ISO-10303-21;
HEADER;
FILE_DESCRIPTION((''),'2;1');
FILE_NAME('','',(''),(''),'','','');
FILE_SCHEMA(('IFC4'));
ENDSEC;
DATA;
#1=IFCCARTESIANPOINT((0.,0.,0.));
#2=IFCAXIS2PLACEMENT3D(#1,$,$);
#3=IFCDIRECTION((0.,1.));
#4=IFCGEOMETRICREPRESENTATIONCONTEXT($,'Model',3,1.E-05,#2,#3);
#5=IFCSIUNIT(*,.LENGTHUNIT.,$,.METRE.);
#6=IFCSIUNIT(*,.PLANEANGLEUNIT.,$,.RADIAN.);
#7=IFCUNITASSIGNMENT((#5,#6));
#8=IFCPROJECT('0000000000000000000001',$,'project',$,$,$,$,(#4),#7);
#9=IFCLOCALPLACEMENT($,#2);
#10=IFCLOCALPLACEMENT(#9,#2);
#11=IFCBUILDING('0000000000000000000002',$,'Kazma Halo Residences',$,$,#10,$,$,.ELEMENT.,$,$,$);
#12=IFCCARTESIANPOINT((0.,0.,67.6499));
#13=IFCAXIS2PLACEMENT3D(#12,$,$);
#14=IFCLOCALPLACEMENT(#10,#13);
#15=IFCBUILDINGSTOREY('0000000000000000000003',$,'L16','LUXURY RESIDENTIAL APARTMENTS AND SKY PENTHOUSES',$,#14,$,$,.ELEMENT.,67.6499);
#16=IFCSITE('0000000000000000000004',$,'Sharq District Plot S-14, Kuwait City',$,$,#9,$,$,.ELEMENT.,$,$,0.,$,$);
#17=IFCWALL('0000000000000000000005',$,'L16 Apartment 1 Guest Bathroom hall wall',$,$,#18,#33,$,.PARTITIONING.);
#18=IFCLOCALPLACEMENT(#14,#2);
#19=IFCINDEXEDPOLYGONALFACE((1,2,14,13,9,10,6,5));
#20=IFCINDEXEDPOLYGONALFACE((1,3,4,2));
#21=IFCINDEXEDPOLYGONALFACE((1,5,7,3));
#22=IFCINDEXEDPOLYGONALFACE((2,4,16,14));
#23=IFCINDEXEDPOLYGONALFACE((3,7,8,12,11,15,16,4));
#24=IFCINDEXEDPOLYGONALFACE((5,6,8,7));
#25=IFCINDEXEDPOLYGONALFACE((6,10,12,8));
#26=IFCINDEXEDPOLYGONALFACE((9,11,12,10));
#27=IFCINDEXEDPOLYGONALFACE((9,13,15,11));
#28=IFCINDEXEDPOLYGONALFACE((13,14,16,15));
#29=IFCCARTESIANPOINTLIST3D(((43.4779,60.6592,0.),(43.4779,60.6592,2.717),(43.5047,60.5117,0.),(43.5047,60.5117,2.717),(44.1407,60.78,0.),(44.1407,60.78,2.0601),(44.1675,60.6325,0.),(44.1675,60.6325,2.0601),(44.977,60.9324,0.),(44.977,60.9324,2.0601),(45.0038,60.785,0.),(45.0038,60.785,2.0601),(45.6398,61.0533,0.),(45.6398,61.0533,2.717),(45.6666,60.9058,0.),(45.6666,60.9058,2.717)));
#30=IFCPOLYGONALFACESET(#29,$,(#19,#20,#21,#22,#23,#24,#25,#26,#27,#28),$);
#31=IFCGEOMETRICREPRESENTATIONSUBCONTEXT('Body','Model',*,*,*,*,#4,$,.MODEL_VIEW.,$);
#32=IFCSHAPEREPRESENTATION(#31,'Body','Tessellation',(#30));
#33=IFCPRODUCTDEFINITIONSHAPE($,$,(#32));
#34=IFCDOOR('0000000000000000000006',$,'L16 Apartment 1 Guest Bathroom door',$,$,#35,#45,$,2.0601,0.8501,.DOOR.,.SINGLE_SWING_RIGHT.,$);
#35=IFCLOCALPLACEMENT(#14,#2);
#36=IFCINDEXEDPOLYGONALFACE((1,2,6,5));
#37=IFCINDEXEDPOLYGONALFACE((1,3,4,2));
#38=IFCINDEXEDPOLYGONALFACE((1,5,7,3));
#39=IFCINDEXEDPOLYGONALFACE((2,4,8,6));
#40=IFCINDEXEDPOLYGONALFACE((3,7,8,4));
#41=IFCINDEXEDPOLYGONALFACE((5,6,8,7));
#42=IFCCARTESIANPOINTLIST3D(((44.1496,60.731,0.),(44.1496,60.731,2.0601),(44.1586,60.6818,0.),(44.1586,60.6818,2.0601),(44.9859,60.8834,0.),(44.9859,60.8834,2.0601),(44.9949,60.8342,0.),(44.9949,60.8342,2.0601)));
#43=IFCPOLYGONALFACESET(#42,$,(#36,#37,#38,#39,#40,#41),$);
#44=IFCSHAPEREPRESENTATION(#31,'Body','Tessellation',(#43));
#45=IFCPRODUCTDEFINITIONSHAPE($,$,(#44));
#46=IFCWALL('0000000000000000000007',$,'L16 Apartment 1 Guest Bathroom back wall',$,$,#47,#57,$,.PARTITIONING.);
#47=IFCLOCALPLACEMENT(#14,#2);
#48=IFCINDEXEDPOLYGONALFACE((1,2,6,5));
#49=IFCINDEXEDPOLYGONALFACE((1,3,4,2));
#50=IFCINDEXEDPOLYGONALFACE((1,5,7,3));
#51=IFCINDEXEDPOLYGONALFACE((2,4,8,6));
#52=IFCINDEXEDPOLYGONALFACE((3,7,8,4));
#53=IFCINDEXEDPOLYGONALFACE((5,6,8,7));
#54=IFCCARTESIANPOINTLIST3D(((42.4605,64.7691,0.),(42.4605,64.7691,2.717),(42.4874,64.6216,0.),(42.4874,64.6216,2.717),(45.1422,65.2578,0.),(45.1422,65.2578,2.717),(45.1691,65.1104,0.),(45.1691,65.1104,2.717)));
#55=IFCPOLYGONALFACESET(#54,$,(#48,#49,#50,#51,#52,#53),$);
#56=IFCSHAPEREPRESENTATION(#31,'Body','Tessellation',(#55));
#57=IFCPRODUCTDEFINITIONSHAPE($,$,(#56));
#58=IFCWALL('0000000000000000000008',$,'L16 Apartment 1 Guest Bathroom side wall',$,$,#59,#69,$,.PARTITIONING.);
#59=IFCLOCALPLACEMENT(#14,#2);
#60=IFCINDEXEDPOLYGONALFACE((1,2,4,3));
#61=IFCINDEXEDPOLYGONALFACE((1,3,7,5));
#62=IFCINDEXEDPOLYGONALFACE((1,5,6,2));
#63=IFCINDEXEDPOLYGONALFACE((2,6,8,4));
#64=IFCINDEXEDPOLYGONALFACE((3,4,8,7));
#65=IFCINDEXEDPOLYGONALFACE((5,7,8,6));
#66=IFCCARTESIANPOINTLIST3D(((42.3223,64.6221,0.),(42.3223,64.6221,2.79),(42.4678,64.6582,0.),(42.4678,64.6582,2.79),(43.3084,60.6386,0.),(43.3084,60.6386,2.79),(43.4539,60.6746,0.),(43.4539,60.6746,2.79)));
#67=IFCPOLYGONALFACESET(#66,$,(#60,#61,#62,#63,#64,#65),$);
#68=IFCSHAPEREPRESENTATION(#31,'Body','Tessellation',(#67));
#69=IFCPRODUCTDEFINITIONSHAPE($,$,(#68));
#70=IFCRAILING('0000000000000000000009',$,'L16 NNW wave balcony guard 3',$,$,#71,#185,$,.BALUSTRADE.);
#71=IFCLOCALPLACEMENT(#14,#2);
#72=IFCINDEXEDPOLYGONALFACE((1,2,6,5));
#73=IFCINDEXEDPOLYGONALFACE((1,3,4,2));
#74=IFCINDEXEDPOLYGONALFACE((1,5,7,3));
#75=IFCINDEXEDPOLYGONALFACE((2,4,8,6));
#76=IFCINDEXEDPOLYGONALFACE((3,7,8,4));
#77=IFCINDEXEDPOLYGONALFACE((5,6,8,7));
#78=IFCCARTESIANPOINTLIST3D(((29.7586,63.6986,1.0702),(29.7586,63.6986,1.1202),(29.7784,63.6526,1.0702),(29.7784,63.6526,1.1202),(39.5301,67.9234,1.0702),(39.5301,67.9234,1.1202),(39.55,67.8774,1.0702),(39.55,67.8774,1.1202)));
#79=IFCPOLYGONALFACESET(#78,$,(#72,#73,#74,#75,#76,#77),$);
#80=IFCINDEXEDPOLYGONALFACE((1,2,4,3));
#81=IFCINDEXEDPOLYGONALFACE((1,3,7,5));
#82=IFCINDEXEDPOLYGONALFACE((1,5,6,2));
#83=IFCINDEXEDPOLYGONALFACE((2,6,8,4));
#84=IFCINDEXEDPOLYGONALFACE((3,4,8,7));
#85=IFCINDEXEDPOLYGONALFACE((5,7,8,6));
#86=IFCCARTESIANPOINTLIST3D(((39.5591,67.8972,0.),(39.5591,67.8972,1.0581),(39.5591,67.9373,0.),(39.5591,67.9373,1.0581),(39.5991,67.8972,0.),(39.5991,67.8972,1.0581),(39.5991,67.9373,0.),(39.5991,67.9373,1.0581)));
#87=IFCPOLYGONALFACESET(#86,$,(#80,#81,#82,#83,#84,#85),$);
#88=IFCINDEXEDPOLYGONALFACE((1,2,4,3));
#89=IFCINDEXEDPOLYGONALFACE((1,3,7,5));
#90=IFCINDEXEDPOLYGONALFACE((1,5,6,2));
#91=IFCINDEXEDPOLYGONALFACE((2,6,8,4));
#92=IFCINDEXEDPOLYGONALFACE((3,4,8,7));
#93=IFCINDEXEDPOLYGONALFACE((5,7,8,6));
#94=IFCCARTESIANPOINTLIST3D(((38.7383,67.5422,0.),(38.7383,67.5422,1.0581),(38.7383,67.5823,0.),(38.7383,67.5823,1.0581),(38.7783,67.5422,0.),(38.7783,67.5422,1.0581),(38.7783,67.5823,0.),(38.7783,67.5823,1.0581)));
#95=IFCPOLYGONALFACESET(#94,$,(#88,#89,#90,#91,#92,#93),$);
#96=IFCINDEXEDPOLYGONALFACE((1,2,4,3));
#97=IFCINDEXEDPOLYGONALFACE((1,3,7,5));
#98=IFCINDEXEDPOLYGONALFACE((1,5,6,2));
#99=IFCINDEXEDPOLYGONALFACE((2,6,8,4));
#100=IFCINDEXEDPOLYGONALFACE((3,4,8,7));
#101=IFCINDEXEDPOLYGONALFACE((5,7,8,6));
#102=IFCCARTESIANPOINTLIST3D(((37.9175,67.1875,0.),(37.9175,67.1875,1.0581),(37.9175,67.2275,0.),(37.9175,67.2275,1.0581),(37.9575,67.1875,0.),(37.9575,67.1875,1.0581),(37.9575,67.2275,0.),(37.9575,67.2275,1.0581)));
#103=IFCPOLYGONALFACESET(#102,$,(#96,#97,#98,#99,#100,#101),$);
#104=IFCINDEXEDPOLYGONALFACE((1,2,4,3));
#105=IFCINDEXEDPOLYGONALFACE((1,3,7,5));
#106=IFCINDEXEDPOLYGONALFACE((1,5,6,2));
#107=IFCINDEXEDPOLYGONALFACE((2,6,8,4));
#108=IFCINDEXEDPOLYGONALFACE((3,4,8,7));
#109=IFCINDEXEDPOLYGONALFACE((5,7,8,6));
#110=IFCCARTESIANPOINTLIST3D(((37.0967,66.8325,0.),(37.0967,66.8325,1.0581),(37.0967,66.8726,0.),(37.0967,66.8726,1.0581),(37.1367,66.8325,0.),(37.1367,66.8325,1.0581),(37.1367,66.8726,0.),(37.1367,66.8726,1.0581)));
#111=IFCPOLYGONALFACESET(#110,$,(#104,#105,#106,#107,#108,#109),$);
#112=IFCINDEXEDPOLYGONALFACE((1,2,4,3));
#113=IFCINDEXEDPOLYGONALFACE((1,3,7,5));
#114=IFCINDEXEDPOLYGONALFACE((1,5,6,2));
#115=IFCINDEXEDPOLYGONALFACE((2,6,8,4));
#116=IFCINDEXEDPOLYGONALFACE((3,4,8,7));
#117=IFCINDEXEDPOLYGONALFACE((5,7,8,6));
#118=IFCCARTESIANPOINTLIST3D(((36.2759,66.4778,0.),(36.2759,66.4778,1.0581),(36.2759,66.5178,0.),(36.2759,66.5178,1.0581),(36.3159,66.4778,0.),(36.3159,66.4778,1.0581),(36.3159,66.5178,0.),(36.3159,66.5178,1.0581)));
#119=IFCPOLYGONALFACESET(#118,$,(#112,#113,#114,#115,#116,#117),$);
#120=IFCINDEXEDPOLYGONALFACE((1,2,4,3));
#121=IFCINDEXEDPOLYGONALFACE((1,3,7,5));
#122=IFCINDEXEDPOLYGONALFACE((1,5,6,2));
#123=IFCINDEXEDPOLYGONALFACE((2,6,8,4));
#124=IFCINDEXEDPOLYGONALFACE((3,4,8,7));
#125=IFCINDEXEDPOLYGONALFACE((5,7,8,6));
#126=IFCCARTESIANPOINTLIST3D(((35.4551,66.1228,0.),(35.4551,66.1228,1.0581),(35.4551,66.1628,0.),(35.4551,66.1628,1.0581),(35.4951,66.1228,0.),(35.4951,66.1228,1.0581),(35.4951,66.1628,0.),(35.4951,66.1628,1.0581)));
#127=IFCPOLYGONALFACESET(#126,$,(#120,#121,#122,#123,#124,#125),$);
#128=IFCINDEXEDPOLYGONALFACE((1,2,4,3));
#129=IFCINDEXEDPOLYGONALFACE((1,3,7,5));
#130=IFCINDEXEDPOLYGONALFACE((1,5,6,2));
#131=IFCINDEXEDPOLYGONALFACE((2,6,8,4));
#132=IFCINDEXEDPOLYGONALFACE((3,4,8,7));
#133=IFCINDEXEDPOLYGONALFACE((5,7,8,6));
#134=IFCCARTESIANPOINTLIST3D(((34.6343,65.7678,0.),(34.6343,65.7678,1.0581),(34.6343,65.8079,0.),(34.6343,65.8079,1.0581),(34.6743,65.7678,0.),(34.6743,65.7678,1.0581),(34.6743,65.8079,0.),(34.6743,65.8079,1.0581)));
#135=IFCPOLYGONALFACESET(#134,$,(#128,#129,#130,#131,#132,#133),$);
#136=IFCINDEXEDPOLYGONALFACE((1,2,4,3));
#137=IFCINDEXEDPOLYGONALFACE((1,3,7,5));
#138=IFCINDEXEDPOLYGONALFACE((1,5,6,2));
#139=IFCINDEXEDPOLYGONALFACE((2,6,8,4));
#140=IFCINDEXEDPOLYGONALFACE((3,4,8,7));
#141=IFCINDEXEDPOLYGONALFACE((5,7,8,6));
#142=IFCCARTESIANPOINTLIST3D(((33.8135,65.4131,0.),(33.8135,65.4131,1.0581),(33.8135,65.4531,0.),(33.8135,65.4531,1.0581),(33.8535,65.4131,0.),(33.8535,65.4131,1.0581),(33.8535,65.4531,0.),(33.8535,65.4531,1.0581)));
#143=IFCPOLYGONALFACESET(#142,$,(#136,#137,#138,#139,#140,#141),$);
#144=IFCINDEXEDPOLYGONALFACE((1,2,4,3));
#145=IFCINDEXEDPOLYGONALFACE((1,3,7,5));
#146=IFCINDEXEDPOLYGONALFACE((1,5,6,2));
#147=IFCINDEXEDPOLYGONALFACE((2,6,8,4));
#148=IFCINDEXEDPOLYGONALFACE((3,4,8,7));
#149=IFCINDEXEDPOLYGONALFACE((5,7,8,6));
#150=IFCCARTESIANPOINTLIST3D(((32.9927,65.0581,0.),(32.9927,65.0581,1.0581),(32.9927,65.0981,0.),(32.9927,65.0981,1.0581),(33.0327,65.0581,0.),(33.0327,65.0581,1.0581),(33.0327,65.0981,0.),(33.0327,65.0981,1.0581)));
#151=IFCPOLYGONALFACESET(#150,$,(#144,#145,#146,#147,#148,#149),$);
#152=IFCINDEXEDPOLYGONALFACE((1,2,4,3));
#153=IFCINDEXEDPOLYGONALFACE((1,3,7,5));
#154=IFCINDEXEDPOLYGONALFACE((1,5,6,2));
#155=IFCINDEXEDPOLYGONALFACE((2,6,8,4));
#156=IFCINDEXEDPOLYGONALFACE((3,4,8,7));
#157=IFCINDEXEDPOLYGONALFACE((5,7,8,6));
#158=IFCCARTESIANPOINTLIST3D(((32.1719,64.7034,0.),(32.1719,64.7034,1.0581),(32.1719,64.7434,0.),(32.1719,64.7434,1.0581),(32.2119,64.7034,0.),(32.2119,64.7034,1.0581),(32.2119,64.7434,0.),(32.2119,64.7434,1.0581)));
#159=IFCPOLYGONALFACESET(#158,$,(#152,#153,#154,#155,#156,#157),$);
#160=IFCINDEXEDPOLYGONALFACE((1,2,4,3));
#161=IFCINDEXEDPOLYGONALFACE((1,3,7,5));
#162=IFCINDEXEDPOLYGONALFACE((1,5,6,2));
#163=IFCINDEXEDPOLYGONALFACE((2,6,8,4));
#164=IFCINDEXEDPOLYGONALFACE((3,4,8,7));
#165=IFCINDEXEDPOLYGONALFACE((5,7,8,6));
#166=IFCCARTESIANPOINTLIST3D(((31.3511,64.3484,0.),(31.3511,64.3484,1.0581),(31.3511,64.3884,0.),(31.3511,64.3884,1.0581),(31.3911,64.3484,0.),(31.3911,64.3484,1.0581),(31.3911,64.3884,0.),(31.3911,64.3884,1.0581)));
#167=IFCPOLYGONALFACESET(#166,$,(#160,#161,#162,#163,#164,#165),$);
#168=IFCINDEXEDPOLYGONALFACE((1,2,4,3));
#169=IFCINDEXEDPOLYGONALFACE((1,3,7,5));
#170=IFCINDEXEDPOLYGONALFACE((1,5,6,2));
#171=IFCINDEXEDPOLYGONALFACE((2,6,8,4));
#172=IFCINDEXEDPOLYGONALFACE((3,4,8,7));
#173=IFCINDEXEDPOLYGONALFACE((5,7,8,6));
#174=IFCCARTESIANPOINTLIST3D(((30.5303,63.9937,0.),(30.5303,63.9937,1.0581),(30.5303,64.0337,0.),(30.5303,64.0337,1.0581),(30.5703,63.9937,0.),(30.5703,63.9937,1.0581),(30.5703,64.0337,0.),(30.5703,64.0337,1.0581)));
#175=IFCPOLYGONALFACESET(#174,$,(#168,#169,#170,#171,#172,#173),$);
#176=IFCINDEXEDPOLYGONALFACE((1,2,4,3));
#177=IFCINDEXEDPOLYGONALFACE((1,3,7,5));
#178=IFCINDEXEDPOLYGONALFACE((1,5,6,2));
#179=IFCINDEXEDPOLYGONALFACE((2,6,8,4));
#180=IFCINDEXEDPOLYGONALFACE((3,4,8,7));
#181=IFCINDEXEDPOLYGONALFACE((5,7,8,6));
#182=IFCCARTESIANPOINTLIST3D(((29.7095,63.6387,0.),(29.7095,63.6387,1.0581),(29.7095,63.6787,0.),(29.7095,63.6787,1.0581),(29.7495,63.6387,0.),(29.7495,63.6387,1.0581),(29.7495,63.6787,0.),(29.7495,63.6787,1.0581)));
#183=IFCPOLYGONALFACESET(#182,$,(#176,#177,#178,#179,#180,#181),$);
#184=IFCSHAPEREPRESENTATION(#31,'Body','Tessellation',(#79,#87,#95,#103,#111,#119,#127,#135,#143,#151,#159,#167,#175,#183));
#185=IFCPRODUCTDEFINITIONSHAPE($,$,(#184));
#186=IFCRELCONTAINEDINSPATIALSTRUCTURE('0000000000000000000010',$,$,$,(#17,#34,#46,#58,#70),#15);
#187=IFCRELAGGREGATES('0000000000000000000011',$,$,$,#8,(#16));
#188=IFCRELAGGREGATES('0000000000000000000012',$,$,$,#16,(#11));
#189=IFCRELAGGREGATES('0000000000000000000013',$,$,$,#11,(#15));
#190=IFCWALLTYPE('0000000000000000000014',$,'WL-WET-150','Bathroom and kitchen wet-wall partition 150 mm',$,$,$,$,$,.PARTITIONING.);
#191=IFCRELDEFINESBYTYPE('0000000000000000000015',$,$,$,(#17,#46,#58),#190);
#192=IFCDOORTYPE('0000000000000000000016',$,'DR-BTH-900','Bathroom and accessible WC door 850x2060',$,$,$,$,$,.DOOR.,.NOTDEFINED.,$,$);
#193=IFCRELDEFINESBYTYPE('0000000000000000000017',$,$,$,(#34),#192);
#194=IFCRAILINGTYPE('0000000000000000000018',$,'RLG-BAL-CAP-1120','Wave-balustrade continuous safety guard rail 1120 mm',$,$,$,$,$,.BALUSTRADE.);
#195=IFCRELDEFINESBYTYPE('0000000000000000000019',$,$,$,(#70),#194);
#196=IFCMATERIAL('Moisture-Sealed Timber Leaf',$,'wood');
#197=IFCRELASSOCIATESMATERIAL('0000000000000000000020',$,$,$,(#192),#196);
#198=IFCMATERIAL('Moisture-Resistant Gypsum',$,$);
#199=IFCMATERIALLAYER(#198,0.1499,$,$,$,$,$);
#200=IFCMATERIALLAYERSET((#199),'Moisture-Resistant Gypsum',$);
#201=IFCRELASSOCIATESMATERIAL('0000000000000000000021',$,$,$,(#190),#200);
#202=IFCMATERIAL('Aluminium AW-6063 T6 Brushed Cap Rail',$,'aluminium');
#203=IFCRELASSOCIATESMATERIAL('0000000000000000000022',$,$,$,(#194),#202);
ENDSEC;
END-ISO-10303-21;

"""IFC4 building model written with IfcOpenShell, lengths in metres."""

from ifc_helpers import new_model, si_unit, direction, frame, frame_2d, origin, origin_2d, place, context, subcontext, project, spatial, rectangle, extrude, material, layer, layer_set, type_object, element, fill, save


model = new_model("IFC4")

# Units and contexts
model_context = context("Model", 3, precision=1e-05, world=origin(), true_north=direction((0.0, 1.0)))
body_context = subcontext(model_context, "Body", "Model", "MODEL_VIEW")
ifc_project = project(units=[si_unit("LENGTHUNIT", "METRE"), si_unit("PLANEANGLEUNIT", "RADIAN")], contexts=[model_context])

# Site, building, storey
site_placement = place(None, origin())
site = spatial("IfcSite", under=ifc_project, at=site_placement, Name="Sharq District Plot S-14, Kuwait City", CompositionType="ELEMENT", RefElevation=0.0)
building_placement = place(site_placement, origin())
building = spatial("IfcBuilding", under=site, at=building_placement, Name="Kazma Halo Residences", CompositionType="ELEMENT")
storey_placement = place(building_placement, frame((0.0, 0.0, 67.6499)))
storey = spatial("IfcBuildingStorey", under=building, at=storey_placement, Name="L16", Description="LUXURY RESIDENTIAL APARTMENTS AND SKY PENTHOUSES", CompositionType="ELEMENT", Elevation=67.6499)

# Wall, opening, door
ifc_material_1 = material(Name="Moisture-Sealed Timber Leaf", Category="wood")
door_type_1 = type_object("IfcDoorType", Name="DR-BTH-900", Description="Bathroom and accessible WC door 850x2060", OperationType="NOTDEFINED", PredefinedType="DOOR", material=ifc_material_1)
ifc_material_2 = material(Name="Moisture-Resistant Gypsum")
ifc_layer_1 = layer(ifc_material_2, 0.1499)
ifc_layer_set_1 = layer_set([ifc_layer_1], Name="Moisture-Resistant Gypsum")
wall_type_1 = type_object("IfcWallType", Name="WL-WET-150", Description="Bathroom and kitchen wet-wall partition 150 mm", PredefinedType="PARTITIONING", material=ifc_layer_set_1)
wall_1_placement = place(storey_placement, frame((45.6531, 60.9795, 0.0), z_axis=(0.0, 0.0, 1.0), x_axis=(-0.983792, -0.179316, 0.0)))
wall_1 = element("IfcWall", 1, at=wall_1_placement, inside=storey, type_object=wall_type_1, Name="L16 Apartment 1 Guest Bathroom hall wall", PredefinedType="PARTITIONING", context=body_context, shape_type="SweptSolid", body=[
    extrude(rectangle(XDim=2.1975, YDim=0.1499, at=frame_2d((1.0986, 0.0))), origin(), (0.0, 0.0, 1.0), 2.717),
])
opening_1_placement = place(wall_1_placement, frame((0.6736, 0.0, 0.0)))
opening_1 = element("IfcOpeningElement", 2, at=opening_1_placement, cuts=wall_1, PredefinedType="OPENING", context=body_context, shape_type="SweptSolid", body=[
    extrude(rectangle(XDim=0.8501, YDim=2.0601, at=frame_2d((0.425, 1.03))), frame((0.0, 0.085, 0.0), z_axis=(0.0, -1.0, 0.0), x_axis=(1.0, 0.0, 0.0)), (0.0, 0.0, 1.0), 0.1699),
])
door_1_placement = place(opening_1_placement, origin())
door_1 = element("IfcDoor", 3, at=door_1_placement, inside=storey, type_object=door_type_1, Name="L16 Apartment 1 Guest Bathroom door", OperationType="SINGLE_SWING_RIGHT", OverallHeight=2.0601, OverallWidth=0.8501, PredefinedType="DOOR", context=body_context, shape_type="SweptSolid", body=[
    extrude(rectangle(XDim=0.8501, YDim=2.0601, at=frame_2d((0.425, 1.03))), frame((0.0, 0.0249, 0.0), z_axis=(0.0, -1.0, 0.0), x_axis=(1.0, 0.0, 0.0)), (0.0, 0.0, 1.0), 0.05),
])
fill(opening_1, door_1)

# Walls
wall_2_placement = place(storey_placement, frame((45.1555, 65.1841, 0.0), z_axis=(0.0, 0.0, 1.0), x_axis=(-0.983792, -0.179311, 0.0)))
element("IfcWall", 4, at=wall_2_placement, inside=storey, type_object=wall_type_1, Name="L16 Apartment 1 Guest Bathroom back wall", PredefinedType="PARTITIONING", context=body_context, shape_type="SweptSolid", body=[
    extrude(rectangle(XDim=2.7258, YDim=0.1499, at=frame_2d((1.3628, 0.0))), origin(), (0.0, 0.0, 1.0), 2.717),
])
wall_3_placement = place(storey_placement, frame((43.3811, 60.6567, 0.0), z_axis=(0.0, 0.0, 1.0), x_axis=(-0.240281, 0.970703, 0.0)))
element("IfcWall", 5, at=wall_3_placement, inside=storey, type_object=wall_type_1, Name="L16 Apartment 1 Guest Bathroom side wall", PredefinedType="PARTITIONING", context=body_context, shape_type="SweptSolid", body=[
    extrude(rectangle(XDim=4.1038, YDim=0.1499, at=frame_2d((2.0518, 0.0))), origin(), (0.0, 0.0, 1.0), 2.79),
])

# Railing
ifc_material_3 = material(Name="Aluminium AW-6063 T6 Brushed Cap Rail", Category="aluminium")
railing_type = type_object("IfcRailingType", Name="RLG-BAL-CAP-1120", Description="Wave-balustrade continuous safety guard rail 1120 mm", PredefinedType="BALUSTRADE", material=ifc_material_3)
railing_placement = place(storey_placement, frame((39.5791, 67.9172, 0.0)))
element("IfcRailing", 6, at=railing_placement, inside=storey, type_object=railing_type, Name="L16 NNW wave balcony guard 3", PredefinedType="BALUSTRADE", context=body_context, shape_type="SweptSolid", body=[
    extrude(rectangle(XDim=0.05, YDim=0.05, at=origin_2d()), frame((-0.0391, -0.0168, 1.0952), z_axis=(-0.917882, -0.396853, 0.0), x_axis=(0.396853, -0.917882, 0.0)), (0.0, 0.0, 1.0), 10.6458),
    extrude(rectangle(XDim=0.04, YDim=0.04, at=origin_2d()), origin(), (0.0, 0.0, 1.0), 1.0581),
    extrude(rectangle(XDim=0.04, YDim=0.04, at=origin_2d()), frame((-0.8208, -0.355, 0.0)), (0.0, 0.0, 1.0), 1.0581),
    extrude(rectangle(XDim=0.04, YDim=0.04, at=origin_2d()), frame((-1.6416, -0.7097, 0.0)), (0.0, 0.0, 1.0), 1.0581),
    extrude(rectangle(XDim=0.04, YDim=0.04, at=origin_2d()), frame((-2.4624, -1.0647, 0.0)), (0.0, 0.0, 1.0), 1.0581),
    extrude(rectangle(XDim=0.04, YDim=0.04, at=origin_2d()), frame((-3.2832, -1.4194, 0.0)), (0.0, 0.0, 1.0), 1.0581),
    extrude(rectangle(XDim=0.04, YDim=0.04, at=origin_2d()), frame((-4.104, -1.7744, 0.0)), (0.0, 0.0, 1.0), 1.0581),
    extrude(rectangle(XDim=0.04, YDim=0.04, at=origin_2d()), frame((-4.9248, -2.1294, 0.0)), (0.0, 0.0, 1.0), 1.0581),
    extrude(rectangle(XDim=0.04, YDim=0.04, at=origin_2d()), frame((-5.7456, -2.4841, 0.0)), (0.0, 0.0, 1.0), 1.0581),
    extrude(rectangle(XDim=0.04, YDim=0.04, at=origin_2d()), frame((-6.5664, -2.8391, 0.0)), (0.0, 0.0, 1.0), 1.0581),
    extrude(rectangle(XDim=0.04, YDim=0.04, at=origin_2d()), frame((-7.3872, -3.1938, 0.0)), (0.0, 0.0, 1.0), 1.0581),
    extrude(rectangle(XDim=0.04, YDim=0.04, at=origin_2d()), frame((-8.208, -3.5488, 0.0)), (0.0, 0.0, 1.0), 1.0581),
    extrude(rectangle(XDim=0.04, YDim=0.04, at=origin_2d()), frame((-9.0288, -3.9036, 0.0)), (0.0, 0.0, 1.0), 1.0581),
    extrude(rectangle(XDim=0.04, YDim=0.04, at=origin_2d()), frame((-9.8496, -4.2585, 0.0)), (0.0, 0.0, 1.0), 1.0581),
])

save(model, "model.ifc")
